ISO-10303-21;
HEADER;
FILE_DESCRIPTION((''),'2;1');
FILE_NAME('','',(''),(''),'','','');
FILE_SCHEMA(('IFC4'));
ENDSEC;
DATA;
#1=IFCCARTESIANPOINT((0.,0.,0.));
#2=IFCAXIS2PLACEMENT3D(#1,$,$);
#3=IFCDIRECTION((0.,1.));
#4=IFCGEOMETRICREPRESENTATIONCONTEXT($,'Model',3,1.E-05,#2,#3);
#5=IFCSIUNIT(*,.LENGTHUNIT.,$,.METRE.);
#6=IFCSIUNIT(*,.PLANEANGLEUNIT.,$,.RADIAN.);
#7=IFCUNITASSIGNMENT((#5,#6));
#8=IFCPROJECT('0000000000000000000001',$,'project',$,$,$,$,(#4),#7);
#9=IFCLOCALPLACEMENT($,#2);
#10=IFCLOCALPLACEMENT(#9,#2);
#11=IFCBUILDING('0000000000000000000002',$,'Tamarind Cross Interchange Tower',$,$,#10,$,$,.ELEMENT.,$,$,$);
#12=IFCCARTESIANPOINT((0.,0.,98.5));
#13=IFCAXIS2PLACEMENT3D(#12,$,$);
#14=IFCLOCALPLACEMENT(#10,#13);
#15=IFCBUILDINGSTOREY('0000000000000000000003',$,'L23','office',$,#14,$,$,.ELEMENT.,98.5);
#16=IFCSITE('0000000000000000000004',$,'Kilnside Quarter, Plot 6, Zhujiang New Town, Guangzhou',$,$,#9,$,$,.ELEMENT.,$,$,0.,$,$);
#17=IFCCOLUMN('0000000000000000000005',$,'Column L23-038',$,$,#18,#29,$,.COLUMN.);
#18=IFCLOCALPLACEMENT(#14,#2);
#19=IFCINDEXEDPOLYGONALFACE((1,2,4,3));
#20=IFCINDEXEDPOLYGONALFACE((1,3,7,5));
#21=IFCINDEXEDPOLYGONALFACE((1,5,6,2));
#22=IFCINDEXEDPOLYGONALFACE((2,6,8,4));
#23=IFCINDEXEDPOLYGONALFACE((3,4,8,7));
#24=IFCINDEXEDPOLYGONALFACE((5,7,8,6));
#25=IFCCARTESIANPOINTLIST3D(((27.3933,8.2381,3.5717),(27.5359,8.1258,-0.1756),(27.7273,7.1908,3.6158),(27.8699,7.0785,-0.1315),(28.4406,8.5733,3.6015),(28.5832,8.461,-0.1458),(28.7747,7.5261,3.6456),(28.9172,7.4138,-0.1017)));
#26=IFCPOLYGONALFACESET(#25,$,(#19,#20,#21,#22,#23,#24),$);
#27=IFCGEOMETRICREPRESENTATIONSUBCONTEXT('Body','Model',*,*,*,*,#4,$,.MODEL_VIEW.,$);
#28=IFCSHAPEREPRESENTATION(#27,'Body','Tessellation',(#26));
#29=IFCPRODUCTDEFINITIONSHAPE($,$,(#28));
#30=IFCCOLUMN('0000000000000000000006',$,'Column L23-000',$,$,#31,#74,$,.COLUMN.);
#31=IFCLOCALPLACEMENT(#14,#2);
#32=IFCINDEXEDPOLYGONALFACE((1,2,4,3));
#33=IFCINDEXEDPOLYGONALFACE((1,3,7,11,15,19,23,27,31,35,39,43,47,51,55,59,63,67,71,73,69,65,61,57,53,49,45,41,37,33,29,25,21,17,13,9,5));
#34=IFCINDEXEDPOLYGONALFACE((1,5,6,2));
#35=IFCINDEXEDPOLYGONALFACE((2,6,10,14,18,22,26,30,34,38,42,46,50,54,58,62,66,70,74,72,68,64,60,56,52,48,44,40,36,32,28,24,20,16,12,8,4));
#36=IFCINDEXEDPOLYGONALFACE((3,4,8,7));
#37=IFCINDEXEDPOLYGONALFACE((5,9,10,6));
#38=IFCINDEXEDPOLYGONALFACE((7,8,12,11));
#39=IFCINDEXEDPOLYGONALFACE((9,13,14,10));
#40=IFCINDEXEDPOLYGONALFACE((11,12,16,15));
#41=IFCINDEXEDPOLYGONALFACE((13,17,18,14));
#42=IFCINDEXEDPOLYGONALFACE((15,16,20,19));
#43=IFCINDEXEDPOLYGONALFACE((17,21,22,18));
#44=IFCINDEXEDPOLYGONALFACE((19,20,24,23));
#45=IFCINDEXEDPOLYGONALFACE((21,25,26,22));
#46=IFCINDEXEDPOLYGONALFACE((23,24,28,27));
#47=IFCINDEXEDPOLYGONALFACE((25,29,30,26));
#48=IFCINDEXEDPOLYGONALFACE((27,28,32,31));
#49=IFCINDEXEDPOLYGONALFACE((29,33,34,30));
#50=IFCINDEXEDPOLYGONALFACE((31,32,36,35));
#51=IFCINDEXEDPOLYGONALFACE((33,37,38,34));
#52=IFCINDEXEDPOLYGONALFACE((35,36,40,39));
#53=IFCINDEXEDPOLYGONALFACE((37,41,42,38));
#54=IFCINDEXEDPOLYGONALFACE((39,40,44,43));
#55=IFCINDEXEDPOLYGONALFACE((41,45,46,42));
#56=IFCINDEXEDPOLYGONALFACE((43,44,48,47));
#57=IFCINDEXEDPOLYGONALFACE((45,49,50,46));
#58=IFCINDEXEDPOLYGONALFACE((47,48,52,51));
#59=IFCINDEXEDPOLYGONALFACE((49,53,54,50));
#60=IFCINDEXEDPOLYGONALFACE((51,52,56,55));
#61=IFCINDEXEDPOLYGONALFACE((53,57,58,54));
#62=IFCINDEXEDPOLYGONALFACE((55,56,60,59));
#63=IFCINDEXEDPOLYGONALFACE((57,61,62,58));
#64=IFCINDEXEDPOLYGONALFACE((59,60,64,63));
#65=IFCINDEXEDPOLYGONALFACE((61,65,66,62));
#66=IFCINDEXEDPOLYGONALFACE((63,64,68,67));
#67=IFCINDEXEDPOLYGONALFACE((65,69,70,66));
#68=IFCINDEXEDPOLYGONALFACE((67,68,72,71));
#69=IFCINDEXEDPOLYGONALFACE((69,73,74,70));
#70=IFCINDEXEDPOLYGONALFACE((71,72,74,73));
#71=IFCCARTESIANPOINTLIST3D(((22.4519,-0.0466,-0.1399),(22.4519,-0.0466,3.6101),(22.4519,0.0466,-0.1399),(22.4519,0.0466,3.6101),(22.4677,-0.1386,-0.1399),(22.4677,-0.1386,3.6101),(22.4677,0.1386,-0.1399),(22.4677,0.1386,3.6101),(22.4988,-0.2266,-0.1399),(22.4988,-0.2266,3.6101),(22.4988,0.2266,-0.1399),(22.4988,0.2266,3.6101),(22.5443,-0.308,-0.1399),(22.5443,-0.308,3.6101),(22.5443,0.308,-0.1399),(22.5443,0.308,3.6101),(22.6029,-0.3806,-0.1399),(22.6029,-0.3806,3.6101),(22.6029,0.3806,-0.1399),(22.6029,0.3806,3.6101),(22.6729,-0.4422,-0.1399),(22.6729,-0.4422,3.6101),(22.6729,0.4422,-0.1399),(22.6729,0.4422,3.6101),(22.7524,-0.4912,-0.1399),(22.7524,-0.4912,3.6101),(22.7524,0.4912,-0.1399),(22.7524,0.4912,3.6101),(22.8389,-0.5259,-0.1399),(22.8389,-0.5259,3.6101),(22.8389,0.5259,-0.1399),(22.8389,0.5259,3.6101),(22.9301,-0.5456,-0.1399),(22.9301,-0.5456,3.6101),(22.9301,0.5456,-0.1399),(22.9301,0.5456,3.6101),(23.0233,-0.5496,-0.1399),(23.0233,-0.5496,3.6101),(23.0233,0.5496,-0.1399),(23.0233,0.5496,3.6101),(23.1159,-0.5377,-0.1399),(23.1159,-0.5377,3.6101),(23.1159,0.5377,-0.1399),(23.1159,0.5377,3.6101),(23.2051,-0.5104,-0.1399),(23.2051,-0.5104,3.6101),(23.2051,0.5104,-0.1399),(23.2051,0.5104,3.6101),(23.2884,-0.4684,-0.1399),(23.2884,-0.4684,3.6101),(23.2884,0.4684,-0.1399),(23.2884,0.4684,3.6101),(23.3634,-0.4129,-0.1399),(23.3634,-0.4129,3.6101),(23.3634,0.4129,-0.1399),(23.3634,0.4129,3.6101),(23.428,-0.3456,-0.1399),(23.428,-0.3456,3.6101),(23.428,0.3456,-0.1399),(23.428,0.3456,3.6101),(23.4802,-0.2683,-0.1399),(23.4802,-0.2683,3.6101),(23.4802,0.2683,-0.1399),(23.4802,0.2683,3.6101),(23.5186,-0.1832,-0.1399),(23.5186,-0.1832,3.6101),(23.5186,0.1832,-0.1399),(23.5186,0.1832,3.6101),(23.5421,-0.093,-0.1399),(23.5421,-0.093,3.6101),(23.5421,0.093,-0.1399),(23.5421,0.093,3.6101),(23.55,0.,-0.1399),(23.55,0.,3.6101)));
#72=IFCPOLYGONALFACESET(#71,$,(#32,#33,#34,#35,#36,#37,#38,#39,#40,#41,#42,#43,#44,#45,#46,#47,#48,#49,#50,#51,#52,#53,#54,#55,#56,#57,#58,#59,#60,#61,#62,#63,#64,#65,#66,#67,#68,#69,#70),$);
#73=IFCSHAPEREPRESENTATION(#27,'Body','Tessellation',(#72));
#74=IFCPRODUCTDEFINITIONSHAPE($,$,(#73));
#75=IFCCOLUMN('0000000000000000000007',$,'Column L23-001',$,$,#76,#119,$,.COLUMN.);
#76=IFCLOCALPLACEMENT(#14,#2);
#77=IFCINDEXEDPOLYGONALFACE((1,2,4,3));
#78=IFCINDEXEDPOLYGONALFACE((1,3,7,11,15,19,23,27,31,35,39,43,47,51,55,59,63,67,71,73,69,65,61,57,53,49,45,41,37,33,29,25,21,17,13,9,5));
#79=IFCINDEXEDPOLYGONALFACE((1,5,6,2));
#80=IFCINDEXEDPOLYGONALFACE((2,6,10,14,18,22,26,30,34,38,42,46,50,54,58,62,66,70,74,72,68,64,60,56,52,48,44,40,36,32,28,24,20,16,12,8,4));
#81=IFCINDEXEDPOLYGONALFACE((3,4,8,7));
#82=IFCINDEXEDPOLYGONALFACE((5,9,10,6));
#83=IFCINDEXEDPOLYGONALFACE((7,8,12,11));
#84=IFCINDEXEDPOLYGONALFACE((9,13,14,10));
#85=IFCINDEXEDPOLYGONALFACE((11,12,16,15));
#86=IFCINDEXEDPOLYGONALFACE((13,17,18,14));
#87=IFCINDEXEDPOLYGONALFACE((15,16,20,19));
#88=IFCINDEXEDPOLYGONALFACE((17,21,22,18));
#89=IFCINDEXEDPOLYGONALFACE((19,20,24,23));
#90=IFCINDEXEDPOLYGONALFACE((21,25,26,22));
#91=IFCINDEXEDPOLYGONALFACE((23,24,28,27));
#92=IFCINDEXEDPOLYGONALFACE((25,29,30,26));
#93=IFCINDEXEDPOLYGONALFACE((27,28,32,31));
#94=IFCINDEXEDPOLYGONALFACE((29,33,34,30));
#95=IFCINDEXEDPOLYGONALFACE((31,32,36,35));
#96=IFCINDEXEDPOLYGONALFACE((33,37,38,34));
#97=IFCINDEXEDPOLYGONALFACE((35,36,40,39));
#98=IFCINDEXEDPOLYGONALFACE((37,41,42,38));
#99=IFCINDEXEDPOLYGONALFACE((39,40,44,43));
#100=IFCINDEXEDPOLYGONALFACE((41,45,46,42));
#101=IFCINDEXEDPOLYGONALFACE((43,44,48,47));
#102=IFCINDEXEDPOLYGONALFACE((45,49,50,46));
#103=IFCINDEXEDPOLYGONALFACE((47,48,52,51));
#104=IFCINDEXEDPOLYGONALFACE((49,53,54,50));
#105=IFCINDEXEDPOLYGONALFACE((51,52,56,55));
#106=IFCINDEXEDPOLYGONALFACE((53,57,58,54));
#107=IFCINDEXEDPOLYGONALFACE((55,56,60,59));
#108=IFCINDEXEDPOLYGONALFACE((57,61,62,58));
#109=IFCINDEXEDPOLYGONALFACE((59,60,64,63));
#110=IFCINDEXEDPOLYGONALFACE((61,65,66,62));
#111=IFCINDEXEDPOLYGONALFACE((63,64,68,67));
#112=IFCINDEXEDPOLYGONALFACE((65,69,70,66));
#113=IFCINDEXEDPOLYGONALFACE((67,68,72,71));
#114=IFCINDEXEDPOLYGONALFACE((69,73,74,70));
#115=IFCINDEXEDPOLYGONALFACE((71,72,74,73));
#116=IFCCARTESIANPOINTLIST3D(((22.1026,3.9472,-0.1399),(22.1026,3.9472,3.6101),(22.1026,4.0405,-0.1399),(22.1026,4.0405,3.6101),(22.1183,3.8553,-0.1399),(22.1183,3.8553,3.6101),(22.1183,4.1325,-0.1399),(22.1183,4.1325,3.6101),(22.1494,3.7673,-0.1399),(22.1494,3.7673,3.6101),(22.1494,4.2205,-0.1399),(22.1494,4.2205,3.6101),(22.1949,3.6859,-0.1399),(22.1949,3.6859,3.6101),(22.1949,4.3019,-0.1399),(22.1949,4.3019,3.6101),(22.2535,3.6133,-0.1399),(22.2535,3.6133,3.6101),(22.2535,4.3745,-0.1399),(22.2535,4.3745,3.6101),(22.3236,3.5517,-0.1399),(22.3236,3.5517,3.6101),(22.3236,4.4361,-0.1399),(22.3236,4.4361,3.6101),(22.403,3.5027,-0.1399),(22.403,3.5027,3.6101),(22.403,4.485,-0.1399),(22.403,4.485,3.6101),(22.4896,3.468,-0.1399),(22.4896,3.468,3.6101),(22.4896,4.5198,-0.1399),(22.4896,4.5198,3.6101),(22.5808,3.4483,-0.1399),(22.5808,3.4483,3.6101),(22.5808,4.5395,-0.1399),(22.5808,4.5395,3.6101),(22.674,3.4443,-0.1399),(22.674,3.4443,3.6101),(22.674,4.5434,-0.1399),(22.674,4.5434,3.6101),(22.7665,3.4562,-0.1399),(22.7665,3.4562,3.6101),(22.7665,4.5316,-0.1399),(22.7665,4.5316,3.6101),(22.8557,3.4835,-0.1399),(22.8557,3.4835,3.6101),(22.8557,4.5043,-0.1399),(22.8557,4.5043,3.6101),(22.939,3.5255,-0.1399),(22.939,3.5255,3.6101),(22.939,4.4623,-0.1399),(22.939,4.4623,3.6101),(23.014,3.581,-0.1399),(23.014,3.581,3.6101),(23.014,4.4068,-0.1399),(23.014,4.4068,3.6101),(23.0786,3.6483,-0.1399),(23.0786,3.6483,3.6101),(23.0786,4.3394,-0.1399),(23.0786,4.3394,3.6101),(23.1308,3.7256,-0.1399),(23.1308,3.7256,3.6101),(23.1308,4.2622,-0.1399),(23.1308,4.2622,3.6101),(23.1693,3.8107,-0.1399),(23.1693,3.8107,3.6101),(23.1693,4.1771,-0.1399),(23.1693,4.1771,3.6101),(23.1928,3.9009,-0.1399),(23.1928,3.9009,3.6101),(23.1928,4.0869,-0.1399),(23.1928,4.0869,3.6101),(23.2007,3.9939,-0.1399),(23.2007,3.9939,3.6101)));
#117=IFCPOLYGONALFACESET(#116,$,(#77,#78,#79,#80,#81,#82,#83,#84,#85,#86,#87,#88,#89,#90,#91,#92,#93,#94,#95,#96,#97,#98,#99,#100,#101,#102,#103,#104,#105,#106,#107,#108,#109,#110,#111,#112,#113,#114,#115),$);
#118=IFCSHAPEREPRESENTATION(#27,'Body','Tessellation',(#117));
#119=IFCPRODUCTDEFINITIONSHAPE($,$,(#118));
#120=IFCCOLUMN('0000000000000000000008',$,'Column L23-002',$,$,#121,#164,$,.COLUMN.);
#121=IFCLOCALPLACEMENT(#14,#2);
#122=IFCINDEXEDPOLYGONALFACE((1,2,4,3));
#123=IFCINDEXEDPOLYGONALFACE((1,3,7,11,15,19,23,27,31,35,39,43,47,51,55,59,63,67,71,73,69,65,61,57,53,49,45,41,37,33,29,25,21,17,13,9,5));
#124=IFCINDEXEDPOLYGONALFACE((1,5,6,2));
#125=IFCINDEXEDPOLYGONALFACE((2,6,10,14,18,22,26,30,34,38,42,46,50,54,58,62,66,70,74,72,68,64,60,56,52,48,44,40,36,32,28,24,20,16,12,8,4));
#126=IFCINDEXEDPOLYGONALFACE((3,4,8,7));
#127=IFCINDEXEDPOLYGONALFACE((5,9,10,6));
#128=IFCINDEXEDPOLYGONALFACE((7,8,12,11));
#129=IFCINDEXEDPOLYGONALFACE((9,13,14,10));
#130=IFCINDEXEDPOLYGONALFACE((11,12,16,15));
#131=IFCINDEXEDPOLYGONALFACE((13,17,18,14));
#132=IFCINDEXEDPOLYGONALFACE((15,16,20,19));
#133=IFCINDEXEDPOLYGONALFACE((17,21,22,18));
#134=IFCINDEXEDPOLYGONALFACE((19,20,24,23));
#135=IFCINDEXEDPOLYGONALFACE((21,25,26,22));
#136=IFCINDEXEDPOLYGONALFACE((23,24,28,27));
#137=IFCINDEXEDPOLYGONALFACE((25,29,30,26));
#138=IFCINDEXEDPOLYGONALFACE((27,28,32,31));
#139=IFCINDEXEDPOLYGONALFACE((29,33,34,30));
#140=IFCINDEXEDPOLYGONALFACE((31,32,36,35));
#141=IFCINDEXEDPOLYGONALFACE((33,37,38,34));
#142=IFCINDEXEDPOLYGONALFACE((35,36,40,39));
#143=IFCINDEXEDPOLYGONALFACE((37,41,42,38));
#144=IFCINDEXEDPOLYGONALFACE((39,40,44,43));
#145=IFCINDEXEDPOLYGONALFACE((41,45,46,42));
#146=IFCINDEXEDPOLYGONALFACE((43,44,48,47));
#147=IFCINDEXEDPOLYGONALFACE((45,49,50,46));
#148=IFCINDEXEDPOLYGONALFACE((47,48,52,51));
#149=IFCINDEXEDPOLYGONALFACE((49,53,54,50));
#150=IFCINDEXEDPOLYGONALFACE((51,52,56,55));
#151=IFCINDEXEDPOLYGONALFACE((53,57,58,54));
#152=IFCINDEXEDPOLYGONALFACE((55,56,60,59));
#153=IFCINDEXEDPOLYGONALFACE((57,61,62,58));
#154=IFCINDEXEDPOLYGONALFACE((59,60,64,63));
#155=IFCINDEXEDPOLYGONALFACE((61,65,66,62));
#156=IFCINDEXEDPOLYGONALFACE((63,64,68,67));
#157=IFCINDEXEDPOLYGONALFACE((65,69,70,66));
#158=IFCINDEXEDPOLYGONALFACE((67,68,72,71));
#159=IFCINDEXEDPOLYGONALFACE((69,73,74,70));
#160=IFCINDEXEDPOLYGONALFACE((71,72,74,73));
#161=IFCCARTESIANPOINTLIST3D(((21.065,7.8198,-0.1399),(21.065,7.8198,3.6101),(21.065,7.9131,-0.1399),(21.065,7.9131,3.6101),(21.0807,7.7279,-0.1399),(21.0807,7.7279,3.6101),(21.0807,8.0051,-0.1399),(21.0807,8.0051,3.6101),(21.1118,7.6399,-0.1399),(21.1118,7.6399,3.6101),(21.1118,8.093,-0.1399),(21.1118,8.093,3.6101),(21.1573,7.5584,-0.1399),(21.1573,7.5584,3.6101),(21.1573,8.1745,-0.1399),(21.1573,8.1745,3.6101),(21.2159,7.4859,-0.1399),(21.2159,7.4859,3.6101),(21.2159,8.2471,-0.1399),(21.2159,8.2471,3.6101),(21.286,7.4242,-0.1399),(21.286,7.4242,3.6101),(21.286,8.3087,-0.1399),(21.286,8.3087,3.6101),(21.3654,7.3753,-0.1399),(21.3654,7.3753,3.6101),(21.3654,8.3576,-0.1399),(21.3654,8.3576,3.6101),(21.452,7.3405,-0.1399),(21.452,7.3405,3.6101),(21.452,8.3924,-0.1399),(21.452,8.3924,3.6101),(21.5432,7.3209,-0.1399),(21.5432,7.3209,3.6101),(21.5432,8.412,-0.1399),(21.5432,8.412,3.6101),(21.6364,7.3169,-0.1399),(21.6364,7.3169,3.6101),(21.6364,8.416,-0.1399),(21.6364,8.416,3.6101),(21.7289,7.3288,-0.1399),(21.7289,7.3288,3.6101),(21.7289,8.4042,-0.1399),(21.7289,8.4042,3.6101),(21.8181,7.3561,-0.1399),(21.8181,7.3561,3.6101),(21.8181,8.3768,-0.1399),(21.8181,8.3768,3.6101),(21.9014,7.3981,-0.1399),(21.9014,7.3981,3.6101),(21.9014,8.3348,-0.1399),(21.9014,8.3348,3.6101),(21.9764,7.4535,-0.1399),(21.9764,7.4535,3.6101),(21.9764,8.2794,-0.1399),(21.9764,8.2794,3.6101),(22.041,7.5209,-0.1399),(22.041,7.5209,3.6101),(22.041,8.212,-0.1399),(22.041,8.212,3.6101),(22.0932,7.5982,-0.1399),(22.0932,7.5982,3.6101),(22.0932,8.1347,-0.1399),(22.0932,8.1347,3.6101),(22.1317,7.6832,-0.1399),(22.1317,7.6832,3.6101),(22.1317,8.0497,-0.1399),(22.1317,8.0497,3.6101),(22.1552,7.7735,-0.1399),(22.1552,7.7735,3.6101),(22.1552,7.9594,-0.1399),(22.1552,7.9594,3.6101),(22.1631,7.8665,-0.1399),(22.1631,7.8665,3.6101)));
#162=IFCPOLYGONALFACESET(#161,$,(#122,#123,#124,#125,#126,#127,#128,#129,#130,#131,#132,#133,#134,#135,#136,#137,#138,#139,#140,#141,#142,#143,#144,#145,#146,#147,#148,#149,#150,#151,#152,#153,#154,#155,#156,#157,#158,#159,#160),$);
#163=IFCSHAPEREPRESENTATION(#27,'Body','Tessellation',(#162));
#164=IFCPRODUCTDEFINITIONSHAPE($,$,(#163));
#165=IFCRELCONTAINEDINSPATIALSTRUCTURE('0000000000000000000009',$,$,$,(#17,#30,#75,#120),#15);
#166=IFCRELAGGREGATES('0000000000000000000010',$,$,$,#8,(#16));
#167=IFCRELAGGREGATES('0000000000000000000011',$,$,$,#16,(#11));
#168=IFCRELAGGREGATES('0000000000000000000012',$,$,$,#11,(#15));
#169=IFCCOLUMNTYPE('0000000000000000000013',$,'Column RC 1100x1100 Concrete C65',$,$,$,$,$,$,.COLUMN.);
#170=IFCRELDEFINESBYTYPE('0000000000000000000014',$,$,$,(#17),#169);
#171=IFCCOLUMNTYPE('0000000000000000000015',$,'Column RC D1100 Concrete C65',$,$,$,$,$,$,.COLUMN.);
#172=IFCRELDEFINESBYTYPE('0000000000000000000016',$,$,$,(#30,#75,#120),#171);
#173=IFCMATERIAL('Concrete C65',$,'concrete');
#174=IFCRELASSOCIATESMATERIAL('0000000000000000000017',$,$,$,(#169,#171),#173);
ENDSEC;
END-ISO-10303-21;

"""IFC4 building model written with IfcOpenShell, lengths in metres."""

from ifc_helpers import new_model, si_unit, direction, frame, origin, origin_2d, place, context, subcontext, project, spatial, rectangle, circle, extrude, material, material_profile, profile_set, type_object, element, save


model = new_model("IFC4")

# Units and contexts
model_context = context("Model", 3, precision=1e-05, world=origin(), true_north=direction((0.0, 1.0)))
body_context = subcontext(model_context, "Body", "Model", "MODEL_VIEW")
ifc_project = project(units=[si_unit("LENGTHUNIT", "METRE"), si_unit("PLANEANGLEUNIT", "RADIAN")], contexts=[model_context])

# Site, building, storey
site_placement = place(None, origin())
site = spatial("IfcSite", under=ifc_project, at=site_placement, Name="Kilnside Quarter, Plot 6, Zhujiang New Town, Guangzhou", CompositionType="ELEMENT", RefElevation=0.0)
building_placement = place(site_placement, origin())
building = spatial("IfcBuilding", under=site, at=building_placement, Name="Tamarind Cross Interchange Tower", CompositionType="ELEMENT")
storey_placement = place(building_placement, frame((0.0, 0.0, 98.5)))
storey = spatial("IfcBuildingStorey", under=building, at=storey_placement, Name="L23", Description="office", CompositionType="ELEMENT", Elevation=98.5)

# Columns
ifc_material_1 = material(Name="Concrete C65", Category="concrete")
ifc_material_profile_1 = material_profile(ifc_material_1, rectangle(XDim=1.1001, YDim=1.1001, at=origin_2d()), Name="RC 1100x1100")
ifc_profile_set_1 = profile_set([ifc_material_profile_1], Name="Concrete C65")
column_type_1 = type_object("IfcColumnType", Name="Column RC 1100x1100 Concrete C65", PredefinedType="COLUMN", material=ifc_profile_set_1)
column_placement = place(storey_placement, frame((28.2266, 7.7698, -0.1387), z_axis=(-0.038004, 0.029934, 0.998829), x_axis=(0.303614, -0.951952, 0.040081)))
element("IfcColumn", 1, at=column_placement, inside=storey, type_object=column_type_1, Name="Column L23-038", PredefinedType="COLUMN", context=body_context, shape_type="SweptSolid", body=[
    extrude(rectangle(XDim=1.1001, YDim=1.1001, at=origin_2d()), origin(), (0.0, 0.0, 1.0), 3.7517),
])
ifc_material_profile_2 = material_profile(ifc_material_1, circle(Radius=0.55, at=origin_2d()), Name="RC D1100")
ifc_profile_set_2 = profile_set([ifc_material_profile_2], Name="Concrete C65")
column_type_2 = type_object("IfcColumnType", Name="Column RC D1100 Concrete C65", PredefinedType="COLUMN", material=ifc_profile_set_2)
for number, where, z_axis, x_axis, name in (
    (2, (23.0, 0.0, -0.1399), (0.0, 0.0, 1.0), (1.0, 0.0, 0.0), "Column L23-000"),
    (3, (22.6506, 3.9939, -0.1399), (0.0, 0.0, 1.0), (1.0, 0.0, 0.0), "Column L23-001"),
    (4, (21.613, 7.8665, -0.1399), (0.0, 0.0, 1.0), (1.0, 0.0, 0.0), "Column L23-002"),
):
    element("IfcColumn", number, at=place(storey_placement, frame(where, z_axis=z_axis, x_axis=x_axis)), inside=storey, type_object=column_type_2, Name=name, PredefinedType="COLUMN", context=body_context, shape_type="SweptSolid", body=[
        extrude(circle(Radius=0.55, at=origin_2d()), origin(), (0.0, 0.0, 1.0), 3.75),
    ])

save(model, "model.ifc")
